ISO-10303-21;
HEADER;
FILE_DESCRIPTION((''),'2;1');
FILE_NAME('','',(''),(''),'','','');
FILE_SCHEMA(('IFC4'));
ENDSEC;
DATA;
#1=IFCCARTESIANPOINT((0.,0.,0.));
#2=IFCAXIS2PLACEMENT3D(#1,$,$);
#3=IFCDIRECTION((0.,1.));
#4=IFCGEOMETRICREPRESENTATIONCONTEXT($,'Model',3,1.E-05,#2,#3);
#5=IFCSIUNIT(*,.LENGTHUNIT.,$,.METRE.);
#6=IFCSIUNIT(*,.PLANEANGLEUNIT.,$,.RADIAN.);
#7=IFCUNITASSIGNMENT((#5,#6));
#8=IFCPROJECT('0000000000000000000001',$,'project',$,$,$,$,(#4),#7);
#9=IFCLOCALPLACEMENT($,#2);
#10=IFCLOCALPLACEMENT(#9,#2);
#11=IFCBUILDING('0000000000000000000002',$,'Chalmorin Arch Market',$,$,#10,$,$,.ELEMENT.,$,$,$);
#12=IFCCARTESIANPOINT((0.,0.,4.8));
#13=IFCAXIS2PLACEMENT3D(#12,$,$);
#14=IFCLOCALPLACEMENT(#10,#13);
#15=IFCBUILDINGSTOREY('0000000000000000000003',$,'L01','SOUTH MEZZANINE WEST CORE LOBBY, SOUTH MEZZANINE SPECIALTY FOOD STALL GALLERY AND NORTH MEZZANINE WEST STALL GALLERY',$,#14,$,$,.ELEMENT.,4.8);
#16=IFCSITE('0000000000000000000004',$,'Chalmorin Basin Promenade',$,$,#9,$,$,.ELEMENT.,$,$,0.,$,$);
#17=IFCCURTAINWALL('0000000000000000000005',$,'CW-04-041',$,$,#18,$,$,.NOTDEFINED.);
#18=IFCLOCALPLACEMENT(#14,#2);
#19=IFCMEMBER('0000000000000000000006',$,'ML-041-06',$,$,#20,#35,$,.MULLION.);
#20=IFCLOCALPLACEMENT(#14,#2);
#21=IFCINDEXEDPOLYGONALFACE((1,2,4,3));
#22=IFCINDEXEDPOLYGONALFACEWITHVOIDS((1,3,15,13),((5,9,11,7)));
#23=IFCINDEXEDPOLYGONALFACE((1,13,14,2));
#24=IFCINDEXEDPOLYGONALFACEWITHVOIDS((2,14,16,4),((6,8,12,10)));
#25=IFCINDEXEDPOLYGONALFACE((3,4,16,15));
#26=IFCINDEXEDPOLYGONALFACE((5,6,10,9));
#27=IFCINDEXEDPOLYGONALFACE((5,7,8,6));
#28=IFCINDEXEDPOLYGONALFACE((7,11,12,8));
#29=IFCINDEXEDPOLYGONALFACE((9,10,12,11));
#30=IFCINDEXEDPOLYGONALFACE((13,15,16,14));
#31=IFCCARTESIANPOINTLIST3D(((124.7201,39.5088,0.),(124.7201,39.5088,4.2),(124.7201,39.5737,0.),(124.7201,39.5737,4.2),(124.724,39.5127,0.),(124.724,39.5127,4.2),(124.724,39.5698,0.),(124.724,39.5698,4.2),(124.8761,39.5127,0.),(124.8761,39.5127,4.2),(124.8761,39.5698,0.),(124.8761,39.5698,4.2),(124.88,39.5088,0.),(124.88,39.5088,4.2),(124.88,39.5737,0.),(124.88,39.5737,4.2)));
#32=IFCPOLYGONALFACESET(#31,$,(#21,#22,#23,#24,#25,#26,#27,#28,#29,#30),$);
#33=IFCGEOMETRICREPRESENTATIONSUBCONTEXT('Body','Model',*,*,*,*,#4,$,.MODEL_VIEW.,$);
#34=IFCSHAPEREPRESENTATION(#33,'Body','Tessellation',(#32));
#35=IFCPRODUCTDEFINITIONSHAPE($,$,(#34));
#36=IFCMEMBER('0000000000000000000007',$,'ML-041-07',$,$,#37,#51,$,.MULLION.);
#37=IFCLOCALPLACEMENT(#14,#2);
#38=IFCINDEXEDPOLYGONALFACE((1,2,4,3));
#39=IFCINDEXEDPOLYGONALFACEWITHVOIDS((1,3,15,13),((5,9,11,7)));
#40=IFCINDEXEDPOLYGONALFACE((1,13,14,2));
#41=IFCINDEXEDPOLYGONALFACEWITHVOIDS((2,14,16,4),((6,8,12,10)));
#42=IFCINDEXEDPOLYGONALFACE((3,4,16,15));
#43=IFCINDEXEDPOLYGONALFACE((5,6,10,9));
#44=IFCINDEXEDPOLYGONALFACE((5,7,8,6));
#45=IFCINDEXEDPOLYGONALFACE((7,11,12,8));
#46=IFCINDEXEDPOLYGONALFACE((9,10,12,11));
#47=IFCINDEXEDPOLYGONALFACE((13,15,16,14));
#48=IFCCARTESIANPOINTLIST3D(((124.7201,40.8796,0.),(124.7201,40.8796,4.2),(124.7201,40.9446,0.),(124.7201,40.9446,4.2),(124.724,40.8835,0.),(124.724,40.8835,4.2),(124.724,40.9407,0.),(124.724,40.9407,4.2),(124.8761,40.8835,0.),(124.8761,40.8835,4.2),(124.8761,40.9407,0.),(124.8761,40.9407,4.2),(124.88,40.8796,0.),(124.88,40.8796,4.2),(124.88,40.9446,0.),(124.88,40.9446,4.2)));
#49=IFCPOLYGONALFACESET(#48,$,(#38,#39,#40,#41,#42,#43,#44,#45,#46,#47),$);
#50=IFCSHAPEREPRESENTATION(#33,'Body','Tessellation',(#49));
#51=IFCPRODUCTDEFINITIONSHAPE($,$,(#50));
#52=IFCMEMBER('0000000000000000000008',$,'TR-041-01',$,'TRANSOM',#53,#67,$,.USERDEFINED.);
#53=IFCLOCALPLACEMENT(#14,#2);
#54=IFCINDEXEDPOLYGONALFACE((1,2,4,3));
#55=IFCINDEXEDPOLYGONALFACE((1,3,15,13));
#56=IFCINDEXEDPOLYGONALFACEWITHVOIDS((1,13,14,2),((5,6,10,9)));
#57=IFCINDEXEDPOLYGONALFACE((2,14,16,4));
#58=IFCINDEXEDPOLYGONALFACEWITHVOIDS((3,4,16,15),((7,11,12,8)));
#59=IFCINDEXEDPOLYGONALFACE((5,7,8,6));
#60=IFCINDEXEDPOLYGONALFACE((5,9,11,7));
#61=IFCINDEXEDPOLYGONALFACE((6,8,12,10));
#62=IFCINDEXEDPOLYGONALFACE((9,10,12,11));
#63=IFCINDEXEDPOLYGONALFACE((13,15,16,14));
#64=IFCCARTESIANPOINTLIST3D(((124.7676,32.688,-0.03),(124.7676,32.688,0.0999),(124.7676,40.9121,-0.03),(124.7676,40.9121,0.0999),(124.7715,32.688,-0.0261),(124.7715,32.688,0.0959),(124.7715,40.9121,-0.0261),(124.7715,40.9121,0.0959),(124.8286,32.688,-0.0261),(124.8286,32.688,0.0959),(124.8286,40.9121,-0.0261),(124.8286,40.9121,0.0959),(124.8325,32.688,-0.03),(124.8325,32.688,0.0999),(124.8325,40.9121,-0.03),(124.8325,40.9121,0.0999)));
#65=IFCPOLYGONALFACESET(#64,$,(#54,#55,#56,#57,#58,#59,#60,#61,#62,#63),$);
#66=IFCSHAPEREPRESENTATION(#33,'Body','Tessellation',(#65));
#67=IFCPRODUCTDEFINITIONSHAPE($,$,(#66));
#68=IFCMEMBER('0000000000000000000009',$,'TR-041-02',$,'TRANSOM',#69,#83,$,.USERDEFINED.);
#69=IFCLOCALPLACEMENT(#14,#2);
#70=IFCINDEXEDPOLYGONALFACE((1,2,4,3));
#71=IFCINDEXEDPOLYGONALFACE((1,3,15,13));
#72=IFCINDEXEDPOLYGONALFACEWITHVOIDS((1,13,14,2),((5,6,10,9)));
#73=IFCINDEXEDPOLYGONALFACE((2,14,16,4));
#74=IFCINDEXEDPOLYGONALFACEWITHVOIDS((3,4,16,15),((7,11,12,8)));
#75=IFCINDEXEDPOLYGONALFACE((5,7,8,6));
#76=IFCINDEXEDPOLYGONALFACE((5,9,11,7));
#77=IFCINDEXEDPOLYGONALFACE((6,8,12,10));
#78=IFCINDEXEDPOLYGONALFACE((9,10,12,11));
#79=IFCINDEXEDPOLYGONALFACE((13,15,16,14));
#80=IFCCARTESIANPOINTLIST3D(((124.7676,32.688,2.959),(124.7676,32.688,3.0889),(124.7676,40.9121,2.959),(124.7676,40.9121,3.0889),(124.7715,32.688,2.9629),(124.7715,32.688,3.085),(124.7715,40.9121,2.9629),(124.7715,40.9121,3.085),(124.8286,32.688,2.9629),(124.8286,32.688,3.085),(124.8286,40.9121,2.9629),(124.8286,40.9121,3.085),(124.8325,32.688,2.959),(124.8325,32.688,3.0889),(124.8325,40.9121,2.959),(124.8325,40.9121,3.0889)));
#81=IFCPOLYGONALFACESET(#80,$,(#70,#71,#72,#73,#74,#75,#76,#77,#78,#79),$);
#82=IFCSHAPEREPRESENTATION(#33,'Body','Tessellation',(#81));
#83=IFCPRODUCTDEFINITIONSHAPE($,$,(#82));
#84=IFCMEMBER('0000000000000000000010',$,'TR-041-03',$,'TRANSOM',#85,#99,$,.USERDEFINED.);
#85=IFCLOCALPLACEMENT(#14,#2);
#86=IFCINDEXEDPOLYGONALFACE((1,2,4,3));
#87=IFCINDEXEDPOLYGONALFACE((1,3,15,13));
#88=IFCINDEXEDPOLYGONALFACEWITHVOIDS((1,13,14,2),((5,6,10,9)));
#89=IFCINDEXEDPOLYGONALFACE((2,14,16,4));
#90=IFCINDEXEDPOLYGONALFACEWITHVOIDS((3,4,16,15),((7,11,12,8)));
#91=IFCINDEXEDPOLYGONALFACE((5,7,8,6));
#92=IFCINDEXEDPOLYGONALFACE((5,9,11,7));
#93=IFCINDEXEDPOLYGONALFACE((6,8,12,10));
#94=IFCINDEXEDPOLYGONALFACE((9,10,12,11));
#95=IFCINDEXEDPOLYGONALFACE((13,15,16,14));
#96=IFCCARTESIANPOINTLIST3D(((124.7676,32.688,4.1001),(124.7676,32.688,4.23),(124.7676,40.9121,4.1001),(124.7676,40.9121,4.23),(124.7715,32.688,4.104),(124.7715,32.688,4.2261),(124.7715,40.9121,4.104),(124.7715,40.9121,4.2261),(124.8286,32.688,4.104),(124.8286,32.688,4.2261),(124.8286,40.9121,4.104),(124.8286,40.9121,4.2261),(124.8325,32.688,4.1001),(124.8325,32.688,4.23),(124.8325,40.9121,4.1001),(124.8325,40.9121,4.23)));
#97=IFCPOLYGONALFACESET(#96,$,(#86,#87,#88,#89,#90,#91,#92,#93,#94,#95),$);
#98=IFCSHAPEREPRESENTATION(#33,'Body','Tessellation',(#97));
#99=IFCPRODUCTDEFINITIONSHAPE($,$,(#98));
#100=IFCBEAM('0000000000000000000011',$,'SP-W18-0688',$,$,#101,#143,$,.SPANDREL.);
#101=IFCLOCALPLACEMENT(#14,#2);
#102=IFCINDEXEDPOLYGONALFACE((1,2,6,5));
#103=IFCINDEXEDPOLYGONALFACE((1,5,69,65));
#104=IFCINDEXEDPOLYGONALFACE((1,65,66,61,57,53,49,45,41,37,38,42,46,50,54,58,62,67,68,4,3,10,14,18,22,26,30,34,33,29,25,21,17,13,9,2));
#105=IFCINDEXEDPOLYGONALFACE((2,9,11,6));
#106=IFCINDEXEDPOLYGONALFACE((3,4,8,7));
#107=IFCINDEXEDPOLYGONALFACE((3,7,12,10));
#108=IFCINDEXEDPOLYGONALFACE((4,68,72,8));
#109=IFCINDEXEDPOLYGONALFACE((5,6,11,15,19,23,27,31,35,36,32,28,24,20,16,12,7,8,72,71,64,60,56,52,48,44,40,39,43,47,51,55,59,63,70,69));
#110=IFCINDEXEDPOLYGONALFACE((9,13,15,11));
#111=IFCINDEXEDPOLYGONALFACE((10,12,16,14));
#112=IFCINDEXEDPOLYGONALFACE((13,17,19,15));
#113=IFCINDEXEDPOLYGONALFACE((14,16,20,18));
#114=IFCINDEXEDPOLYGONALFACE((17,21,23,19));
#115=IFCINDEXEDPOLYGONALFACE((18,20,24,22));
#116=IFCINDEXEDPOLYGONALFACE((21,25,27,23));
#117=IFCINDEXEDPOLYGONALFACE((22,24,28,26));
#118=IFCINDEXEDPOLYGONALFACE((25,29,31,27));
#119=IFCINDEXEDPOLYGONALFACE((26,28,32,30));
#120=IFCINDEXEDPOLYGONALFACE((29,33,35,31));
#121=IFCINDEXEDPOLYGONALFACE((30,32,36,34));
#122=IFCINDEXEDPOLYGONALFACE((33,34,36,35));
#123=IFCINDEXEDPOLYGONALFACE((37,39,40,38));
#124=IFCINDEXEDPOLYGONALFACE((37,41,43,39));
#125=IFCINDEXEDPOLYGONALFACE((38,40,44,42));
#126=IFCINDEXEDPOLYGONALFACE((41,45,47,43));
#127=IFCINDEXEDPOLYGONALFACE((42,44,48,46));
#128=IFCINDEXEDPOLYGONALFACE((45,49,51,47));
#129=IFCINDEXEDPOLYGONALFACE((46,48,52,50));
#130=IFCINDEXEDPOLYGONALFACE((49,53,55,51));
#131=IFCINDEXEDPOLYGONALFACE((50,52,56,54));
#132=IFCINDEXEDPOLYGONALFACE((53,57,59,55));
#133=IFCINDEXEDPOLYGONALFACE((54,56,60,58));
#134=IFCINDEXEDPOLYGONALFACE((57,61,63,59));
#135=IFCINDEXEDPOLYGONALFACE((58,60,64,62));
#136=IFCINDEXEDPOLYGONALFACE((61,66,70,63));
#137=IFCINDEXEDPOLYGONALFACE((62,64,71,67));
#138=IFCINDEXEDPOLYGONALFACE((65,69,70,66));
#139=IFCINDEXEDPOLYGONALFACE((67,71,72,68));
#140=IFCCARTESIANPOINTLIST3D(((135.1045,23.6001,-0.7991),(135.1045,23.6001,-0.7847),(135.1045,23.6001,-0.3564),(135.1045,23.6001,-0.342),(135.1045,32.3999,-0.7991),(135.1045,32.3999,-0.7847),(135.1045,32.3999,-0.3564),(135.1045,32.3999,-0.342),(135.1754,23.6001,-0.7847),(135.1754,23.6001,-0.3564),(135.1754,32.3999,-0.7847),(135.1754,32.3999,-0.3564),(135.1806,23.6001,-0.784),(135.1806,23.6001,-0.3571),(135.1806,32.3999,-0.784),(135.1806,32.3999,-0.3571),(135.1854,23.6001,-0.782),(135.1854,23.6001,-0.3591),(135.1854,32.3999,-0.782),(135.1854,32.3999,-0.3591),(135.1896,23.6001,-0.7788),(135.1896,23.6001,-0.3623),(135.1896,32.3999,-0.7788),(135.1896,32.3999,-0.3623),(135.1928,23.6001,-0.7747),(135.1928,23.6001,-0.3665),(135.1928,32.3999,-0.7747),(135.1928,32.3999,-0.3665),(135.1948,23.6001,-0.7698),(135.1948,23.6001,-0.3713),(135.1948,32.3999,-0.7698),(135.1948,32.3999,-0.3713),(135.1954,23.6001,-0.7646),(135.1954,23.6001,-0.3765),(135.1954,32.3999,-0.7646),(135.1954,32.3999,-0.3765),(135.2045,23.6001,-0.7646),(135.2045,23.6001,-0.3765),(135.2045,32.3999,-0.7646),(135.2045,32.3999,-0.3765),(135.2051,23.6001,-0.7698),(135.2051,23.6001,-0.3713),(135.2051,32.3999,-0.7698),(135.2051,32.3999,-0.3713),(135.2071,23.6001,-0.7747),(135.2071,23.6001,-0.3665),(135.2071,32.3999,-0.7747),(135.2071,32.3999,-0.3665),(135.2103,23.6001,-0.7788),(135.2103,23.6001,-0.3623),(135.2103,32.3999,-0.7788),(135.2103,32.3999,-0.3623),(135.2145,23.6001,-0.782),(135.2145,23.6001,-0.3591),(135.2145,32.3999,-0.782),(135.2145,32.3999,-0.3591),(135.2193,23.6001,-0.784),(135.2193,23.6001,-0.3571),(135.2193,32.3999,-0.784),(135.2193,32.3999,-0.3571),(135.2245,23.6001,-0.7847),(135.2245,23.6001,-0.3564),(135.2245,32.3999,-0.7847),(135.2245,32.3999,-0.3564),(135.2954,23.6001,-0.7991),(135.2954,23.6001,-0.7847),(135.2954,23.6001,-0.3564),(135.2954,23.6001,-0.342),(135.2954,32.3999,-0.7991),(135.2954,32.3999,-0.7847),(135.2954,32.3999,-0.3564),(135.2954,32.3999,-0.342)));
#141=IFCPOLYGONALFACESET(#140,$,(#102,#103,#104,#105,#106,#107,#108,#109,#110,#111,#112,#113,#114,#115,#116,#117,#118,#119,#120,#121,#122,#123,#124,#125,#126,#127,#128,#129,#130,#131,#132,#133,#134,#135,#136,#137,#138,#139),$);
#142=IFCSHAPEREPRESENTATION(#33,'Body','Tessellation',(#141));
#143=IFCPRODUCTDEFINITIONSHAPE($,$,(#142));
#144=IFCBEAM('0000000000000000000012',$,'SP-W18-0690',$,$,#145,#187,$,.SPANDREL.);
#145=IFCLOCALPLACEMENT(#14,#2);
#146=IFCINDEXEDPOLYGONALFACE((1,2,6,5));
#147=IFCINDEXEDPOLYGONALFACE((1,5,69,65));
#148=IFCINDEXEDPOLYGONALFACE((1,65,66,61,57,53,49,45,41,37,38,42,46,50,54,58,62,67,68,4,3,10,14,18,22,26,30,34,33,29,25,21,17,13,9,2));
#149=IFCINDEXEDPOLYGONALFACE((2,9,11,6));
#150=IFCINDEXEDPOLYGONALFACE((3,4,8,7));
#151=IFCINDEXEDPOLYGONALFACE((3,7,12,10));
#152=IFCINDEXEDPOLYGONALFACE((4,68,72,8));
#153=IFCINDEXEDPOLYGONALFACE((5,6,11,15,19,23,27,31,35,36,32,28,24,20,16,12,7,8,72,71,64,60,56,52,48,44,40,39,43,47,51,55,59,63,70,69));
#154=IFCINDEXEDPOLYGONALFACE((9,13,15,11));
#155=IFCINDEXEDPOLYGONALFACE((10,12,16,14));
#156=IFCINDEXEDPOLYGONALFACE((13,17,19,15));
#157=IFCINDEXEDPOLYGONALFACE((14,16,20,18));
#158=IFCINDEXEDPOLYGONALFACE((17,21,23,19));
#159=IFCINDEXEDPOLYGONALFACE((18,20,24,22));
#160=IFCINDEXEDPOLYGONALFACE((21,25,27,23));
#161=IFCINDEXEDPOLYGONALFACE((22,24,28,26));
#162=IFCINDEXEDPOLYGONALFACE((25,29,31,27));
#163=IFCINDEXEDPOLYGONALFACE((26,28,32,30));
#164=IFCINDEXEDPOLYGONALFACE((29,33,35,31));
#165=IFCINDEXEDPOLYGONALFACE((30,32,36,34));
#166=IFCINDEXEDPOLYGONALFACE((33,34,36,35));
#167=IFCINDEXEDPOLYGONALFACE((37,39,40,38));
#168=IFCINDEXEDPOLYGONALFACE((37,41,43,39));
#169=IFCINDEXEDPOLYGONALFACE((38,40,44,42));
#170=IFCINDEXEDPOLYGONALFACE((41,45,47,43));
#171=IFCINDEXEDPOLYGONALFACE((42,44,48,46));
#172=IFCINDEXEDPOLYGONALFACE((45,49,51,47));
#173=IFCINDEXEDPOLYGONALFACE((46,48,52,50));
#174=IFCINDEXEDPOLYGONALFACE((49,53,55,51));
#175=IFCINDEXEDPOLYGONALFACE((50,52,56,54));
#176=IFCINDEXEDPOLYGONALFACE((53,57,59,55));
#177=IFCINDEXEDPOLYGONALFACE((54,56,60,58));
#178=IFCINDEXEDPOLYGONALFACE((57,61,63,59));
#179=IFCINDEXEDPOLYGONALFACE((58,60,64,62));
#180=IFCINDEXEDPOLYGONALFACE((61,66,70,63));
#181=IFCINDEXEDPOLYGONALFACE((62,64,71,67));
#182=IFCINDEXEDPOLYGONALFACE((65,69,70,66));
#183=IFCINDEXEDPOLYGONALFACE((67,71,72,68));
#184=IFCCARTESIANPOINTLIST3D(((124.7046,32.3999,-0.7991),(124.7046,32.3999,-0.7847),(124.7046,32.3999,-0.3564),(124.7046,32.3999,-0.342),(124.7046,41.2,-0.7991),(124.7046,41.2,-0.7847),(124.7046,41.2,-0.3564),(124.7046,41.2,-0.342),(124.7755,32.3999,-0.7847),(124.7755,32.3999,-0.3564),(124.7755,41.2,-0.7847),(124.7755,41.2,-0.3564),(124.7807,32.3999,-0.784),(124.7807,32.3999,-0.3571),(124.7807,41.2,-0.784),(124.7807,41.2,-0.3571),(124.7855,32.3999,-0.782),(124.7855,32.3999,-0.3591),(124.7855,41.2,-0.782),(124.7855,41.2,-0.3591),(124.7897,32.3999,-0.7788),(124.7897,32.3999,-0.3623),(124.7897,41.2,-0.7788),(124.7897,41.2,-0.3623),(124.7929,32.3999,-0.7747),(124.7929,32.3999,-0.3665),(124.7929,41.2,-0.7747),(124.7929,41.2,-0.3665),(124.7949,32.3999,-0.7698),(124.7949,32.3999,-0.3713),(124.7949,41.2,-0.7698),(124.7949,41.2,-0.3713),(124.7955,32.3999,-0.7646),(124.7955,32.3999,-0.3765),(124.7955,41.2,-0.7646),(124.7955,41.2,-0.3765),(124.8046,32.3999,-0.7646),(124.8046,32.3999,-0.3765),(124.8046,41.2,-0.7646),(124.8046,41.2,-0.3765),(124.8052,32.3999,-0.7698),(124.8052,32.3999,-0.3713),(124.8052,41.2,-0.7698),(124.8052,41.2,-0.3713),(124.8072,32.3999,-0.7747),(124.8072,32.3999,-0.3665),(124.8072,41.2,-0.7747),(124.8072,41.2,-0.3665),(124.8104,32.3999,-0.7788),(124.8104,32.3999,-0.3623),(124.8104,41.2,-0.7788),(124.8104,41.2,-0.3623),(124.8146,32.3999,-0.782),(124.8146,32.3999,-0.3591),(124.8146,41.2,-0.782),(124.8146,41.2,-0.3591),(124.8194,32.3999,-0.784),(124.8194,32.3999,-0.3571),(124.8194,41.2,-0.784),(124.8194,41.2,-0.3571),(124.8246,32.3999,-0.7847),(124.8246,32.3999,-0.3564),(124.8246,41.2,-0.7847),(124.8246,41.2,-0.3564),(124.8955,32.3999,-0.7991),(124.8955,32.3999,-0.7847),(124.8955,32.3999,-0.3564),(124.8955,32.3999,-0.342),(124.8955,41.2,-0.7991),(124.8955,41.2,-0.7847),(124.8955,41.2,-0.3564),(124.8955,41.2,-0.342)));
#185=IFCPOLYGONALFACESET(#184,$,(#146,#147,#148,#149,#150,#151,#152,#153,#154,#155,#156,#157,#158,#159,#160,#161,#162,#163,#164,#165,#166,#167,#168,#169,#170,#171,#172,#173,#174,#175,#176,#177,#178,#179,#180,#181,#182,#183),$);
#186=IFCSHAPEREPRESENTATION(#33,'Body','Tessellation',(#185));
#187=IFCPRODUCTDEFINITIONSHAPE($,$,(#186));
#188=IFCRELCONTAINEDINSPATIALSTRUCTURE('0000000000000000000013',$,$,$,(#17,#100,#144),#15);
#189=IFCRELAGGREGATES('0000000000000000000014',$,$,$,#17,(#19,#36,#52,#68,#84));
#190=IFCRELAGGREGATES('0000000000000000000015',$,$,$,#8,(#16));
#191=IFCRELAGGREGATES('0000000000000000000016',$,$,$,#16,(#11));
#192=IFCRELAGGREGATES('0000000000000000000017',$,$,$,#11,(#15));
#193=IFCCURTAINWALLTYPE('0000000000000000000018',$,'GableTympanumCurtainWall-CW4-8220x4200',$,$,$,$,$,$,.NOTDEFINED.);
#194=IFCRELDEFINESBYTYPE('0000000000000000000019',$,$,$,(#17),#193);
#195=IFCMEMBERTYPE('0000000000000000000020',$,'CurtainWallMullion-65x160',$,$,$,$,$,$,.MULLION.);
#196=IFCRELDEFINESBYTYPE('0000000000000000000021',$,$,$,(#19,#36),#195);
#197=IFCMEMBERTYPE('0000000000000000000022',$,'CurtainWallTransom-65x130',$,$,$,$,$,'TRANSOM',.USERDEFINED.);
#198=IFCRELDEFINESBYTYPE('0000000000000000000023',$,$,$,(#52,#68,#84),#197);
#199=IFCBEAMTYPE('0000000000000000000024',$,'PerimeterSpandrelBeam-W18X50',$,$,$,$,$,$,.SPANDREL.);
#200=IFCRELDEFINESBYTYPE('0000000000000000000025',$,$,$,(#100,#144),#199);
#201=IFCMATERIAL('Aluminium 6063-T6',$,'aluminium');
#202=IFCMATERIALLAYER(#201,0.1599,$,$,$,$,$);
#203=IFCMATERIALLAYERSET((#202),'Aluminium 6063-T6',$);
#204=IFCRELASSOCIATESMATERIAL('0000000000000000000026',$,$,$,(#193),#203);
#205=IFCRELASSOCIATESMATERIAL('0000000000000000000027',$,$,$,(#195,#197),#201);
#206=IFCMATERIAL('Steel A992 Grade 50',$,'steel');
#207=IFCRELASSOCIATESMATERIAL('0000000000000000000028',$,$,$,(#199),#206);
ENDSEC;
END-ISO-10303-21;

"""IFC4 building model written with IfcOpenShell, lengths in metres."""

from ifc_helpers import new_model, si_unit, direction, frame, origin, origin_2d, place, context, subcontext, project, spatial, hollow_rectangle, i_section, extrude, material, layer, layer_set, material_profile, profile_set, type_object, element, aggregate, save


model = new_model("IFC4")

# Units and contexts
model_context = context("Model", 3, precision=1e-05, world=origin(), true_north=direction((0.0, 1.0)))
body_context = subcontext(model_context, "Body", "Model", "MODEL_VIEW")
ifc_project = project(units=[si_unit("LENGTHUNIT", "METRE"), si_unit("PLANEANGLEUNIT", "RADIAN")], contexts=[model_context])

# Site, building, storey
site_placement = place(None, origin())
site = spatial("IfcSite", under=ifc_project, at=site_placement, Name="Chalmorin Basin Promenade", CompositionType="ELEMENT", RefElevation=0.0)
building_placement = place(site_placement, origin())
building = spatial("IfcBuilding", under=site, at=building_placement, Name="Chalmorin Arch Market", CompositionType="ELEMENT")
storey_placement = place(building_placement, frame((0.0, 0.0, 4.8)))
storey = spatial("IfcBuildingStorey", under=building, at=storey_placement, Name="L01", Description="SOUTH MEZZANINE WEST CORE LOBBY, SOUTH MEZZANINE SPECIALTY FOOD STALL GALLERY AND NORTH MEZZANINE WEST STALL GALLERY", CompositionType="ELEMENT", Elevation=4.8)

# Shared definitions
ifc_material_1 = material(Name="Steel A992 Grade 50", Category="steel")

# Shared definitions
ifc_material_2 = material(Name="Aluminium 6063-T6", Category="aluminium")
ifc_layer_1 = layer(ifc_material_2, 0.1599)
ifc_layer_set_1 = layer_set([ifc_layer_1], Name="Aluminium 6063-T6")
curtain_wall_type = type_object("IfcCurtainWallType", Name="GableTympanumCurtainWall-CW4-8220x4200", PredefinedType="NOTDEFINED", material=ifc_layer_set_1)
ifc_material_profile_1 = material_profile(ifc_material_2, hollow_rectangle(XDim=0.0649, YDim=0.1599, WallThickness=0.0039, at=origin_2d()), Name="ALU65X160X4")
ifc_profile_set_1 = profile_set([ifc_material_profile_1], Name="Aluminium 6063-T6")
member_type_1 = type_object("IfcMemberType", Name="CurtainWallMullion-65x160", PredefinedType="MULLION", material=ifc_profile_set_1)

# Curtain wall, members
curtain_wall_1_placement = place(storey_placement, origin())
curtain_wall_1 = element("IfcCurtainWall", 1, at=curtain_wall_1_placement, inside=storey, type_object=curtain_wall_type, Name="CW-04-041", PredefinedType="NOTDEFINED")
member_1_placement = place(storey_placement, frame((124.8, 39.5413, 0.0), z_axis=(0.0, 0.0, 1.0), x_axis=(0.0, 1.0, 0.0)))
member_1 = element("IfcMember", 2, at=member_1_placement, type_object=member_type_1, Name="ML-041-06", PredefinedType="MULLION", context=body_context, shape_type="SweptSolid", body=[
    extrude(hollow_rectangle(XDim=0.0649, YDim=0.1599, WallThickness=0.0039, at=origin_2d()), origin(), (0.0, 0.0, 1.0), 4.2),
])
member_2_placement = place(storey_placement, frame((124.8, 40.9121, 0.0), z_axis=(0.0, 0.0, 1.0), x_axis=(0.0, 1.0, 0.0)))
member_2 = element("IfcMember", 3, at=member_2_placement, type_object=member_type_1, Name="ML-041-07", PredefinedType="MULLION", context=body_context, shape_type="SweptSolid", body=[
    extrude(hollow_rectangle(XDim=0.0649, YDim=0.1599, WallThickness=0.0039, at=origin_2d()), origin(), (0.0, 0.0, 1.0), 4.2),
])
ifc_material_profile_2 = material_profile(ifc_material_2, hollow_rectangle(XDim=0.0649, YDim=0.1299, WallThickness=0.0039, at=origin_2d()), Name="ALU65X130X4")
ifc_profile_set_2 = profile_set([ifc_material_profile_2], Name="Aluminium 6063-T6")
member_type_2 = type_object("IfcMemberType", Name="CurtainWallTransom-65x130", ElementType="TRANSOM", PredefinedType="USERDEFINED", material=ifc_profile_set_2)
member_3_placement = place(storey_placement, frame((124.8, 32.688, 0.0349), z_axis=(0.0, 1.0, 0.0), x_axis=(-1.0, 0.0, 0.0)))
member_3 = element("IfcMember", 4, at=member_3_placement, type_object=member_type_2, Name="TR-041-01", ObjectType="TRANSOM", PredefinedType="USERDEFINED", context=body_context, shape_type="SweptSolid", body=[
    extrude(hollow_rectangle(XDim=0.0649, YDim=0.1299, WallThickness=0.0039, at=origin_2d()), origin(), (0.0, 0.0, 1.0), 8.2241),
])
member_4_placement = place(storey_placement, frame((124.8, 32.688, 3.0239), z_axis=(0.0, 1.0, 0.0), x_axis=(-1.0, 0.0, 0.0)))
member_4 = element("IfcMember", 5, at=member_4_placement, type_object=member_type_2, Name="TR-041-02", ObjectType="TRANSOM", PredefinedType="USERDEFINED", context=body_context, shape_type="SweptSolid", body=[
    extrude(hollow_rectangle(XDim=0.0649, YDim=0.1299, WallThickness=0.0039, at=origin_2d()), origin(), (0.0, 0.0, 1.0), 8.2241),
])
member_5_placement = place(storey_placement, frame((124.8, 32.688, 4.165), z_axis=(0.0, 1.0, 0.0), x_axis=(-1.0, 0.0, 0.0)))
member_5 = element("IfcMember", 6, at=member_5_placement, type_object=member_type_2, Name="TR-041-03", ObjectType="TRANSOM", PredefinedType="USERDEFINED", context=body_context, shape_type="SweptSolid", body=[
    extrude(hollow_rectangle(XDim=0.0649, YDim=0.1299, WallThickness=0.0039, at=origin_2d()), origin(), (0.0, 0.0, 1.0), 8.2241),
])

# Beams
ifc_material_profile_3 = material_profile(ifc_material_1, i_section(OverallWidth=0.1909, OverallDepth=0.457, WebThickness=0.009, FlangeThickness=0.0144, FilletRadius=0.02, at=origin_2d()), Name="W18X50")
ifc_profile_set_3 = profile_set([ifc_material_profile_3], Name="Steel A992 Grade 50")
beam_type_1 = type_object("IfcBeamType", Name="PerimeterSpandrelBeam-W18X50", PredefinedType="SPANDREL", material=ifc_profile_set_3)
beam_placement = place(storey_placement, frame((135.2, 23.6001, -0.5706), z_axis=(0.0, 1.0, 0.0), x_axis=(-1.0, 0.0, 0.0)))
element("IfcBeam", 7, at=beam_placement, inside=storey, type_object=beam_type_1, Name="SP-W18-0688", PredefinedType="SPANDREL", context=body_context, shape_type="SweptSolid", body=[
    extrude(i_section(OverallWidth=0.1909, OverallDepth=0.457, WebThickness=0.009, FlangeThickness=0.0144, FilletRadius=0.02, at=origin_2d()), origin(), (0.0, 0.0, 1.0), 8.7998),
])
for number, where, z_axis, x_axis, name in (
    (8, (124.8, 32.3999, -0.5706), (0.0, 1.0, 0.0), (-1.0, 0.0, 0.0), "SP-W18-0690"),
):
    element("IfcBeam", number, at=place(storey_placement, frame(where, z_axis=z_axis, x_axis=x_axis)), inside=storey, type_object=beam_type_1, Name=name, PredefinedType="SPANDREL", context=body_context, shape_type="SweptSolid", body=[
        extrude(i_section(OverallWidth=0.1909, OverallDepth=0.457, WebThickness=0.009, FlangeThickness=0.0144, FilletRadius=0.02, at=origin_2d()), origin(), (0.0, 0.0, 1.0), 8.8),
    ])

aggregate(curtain_wall_1, [member_1, member_2, member_3, member_4, member_5])

save(model, "model.ifc")
